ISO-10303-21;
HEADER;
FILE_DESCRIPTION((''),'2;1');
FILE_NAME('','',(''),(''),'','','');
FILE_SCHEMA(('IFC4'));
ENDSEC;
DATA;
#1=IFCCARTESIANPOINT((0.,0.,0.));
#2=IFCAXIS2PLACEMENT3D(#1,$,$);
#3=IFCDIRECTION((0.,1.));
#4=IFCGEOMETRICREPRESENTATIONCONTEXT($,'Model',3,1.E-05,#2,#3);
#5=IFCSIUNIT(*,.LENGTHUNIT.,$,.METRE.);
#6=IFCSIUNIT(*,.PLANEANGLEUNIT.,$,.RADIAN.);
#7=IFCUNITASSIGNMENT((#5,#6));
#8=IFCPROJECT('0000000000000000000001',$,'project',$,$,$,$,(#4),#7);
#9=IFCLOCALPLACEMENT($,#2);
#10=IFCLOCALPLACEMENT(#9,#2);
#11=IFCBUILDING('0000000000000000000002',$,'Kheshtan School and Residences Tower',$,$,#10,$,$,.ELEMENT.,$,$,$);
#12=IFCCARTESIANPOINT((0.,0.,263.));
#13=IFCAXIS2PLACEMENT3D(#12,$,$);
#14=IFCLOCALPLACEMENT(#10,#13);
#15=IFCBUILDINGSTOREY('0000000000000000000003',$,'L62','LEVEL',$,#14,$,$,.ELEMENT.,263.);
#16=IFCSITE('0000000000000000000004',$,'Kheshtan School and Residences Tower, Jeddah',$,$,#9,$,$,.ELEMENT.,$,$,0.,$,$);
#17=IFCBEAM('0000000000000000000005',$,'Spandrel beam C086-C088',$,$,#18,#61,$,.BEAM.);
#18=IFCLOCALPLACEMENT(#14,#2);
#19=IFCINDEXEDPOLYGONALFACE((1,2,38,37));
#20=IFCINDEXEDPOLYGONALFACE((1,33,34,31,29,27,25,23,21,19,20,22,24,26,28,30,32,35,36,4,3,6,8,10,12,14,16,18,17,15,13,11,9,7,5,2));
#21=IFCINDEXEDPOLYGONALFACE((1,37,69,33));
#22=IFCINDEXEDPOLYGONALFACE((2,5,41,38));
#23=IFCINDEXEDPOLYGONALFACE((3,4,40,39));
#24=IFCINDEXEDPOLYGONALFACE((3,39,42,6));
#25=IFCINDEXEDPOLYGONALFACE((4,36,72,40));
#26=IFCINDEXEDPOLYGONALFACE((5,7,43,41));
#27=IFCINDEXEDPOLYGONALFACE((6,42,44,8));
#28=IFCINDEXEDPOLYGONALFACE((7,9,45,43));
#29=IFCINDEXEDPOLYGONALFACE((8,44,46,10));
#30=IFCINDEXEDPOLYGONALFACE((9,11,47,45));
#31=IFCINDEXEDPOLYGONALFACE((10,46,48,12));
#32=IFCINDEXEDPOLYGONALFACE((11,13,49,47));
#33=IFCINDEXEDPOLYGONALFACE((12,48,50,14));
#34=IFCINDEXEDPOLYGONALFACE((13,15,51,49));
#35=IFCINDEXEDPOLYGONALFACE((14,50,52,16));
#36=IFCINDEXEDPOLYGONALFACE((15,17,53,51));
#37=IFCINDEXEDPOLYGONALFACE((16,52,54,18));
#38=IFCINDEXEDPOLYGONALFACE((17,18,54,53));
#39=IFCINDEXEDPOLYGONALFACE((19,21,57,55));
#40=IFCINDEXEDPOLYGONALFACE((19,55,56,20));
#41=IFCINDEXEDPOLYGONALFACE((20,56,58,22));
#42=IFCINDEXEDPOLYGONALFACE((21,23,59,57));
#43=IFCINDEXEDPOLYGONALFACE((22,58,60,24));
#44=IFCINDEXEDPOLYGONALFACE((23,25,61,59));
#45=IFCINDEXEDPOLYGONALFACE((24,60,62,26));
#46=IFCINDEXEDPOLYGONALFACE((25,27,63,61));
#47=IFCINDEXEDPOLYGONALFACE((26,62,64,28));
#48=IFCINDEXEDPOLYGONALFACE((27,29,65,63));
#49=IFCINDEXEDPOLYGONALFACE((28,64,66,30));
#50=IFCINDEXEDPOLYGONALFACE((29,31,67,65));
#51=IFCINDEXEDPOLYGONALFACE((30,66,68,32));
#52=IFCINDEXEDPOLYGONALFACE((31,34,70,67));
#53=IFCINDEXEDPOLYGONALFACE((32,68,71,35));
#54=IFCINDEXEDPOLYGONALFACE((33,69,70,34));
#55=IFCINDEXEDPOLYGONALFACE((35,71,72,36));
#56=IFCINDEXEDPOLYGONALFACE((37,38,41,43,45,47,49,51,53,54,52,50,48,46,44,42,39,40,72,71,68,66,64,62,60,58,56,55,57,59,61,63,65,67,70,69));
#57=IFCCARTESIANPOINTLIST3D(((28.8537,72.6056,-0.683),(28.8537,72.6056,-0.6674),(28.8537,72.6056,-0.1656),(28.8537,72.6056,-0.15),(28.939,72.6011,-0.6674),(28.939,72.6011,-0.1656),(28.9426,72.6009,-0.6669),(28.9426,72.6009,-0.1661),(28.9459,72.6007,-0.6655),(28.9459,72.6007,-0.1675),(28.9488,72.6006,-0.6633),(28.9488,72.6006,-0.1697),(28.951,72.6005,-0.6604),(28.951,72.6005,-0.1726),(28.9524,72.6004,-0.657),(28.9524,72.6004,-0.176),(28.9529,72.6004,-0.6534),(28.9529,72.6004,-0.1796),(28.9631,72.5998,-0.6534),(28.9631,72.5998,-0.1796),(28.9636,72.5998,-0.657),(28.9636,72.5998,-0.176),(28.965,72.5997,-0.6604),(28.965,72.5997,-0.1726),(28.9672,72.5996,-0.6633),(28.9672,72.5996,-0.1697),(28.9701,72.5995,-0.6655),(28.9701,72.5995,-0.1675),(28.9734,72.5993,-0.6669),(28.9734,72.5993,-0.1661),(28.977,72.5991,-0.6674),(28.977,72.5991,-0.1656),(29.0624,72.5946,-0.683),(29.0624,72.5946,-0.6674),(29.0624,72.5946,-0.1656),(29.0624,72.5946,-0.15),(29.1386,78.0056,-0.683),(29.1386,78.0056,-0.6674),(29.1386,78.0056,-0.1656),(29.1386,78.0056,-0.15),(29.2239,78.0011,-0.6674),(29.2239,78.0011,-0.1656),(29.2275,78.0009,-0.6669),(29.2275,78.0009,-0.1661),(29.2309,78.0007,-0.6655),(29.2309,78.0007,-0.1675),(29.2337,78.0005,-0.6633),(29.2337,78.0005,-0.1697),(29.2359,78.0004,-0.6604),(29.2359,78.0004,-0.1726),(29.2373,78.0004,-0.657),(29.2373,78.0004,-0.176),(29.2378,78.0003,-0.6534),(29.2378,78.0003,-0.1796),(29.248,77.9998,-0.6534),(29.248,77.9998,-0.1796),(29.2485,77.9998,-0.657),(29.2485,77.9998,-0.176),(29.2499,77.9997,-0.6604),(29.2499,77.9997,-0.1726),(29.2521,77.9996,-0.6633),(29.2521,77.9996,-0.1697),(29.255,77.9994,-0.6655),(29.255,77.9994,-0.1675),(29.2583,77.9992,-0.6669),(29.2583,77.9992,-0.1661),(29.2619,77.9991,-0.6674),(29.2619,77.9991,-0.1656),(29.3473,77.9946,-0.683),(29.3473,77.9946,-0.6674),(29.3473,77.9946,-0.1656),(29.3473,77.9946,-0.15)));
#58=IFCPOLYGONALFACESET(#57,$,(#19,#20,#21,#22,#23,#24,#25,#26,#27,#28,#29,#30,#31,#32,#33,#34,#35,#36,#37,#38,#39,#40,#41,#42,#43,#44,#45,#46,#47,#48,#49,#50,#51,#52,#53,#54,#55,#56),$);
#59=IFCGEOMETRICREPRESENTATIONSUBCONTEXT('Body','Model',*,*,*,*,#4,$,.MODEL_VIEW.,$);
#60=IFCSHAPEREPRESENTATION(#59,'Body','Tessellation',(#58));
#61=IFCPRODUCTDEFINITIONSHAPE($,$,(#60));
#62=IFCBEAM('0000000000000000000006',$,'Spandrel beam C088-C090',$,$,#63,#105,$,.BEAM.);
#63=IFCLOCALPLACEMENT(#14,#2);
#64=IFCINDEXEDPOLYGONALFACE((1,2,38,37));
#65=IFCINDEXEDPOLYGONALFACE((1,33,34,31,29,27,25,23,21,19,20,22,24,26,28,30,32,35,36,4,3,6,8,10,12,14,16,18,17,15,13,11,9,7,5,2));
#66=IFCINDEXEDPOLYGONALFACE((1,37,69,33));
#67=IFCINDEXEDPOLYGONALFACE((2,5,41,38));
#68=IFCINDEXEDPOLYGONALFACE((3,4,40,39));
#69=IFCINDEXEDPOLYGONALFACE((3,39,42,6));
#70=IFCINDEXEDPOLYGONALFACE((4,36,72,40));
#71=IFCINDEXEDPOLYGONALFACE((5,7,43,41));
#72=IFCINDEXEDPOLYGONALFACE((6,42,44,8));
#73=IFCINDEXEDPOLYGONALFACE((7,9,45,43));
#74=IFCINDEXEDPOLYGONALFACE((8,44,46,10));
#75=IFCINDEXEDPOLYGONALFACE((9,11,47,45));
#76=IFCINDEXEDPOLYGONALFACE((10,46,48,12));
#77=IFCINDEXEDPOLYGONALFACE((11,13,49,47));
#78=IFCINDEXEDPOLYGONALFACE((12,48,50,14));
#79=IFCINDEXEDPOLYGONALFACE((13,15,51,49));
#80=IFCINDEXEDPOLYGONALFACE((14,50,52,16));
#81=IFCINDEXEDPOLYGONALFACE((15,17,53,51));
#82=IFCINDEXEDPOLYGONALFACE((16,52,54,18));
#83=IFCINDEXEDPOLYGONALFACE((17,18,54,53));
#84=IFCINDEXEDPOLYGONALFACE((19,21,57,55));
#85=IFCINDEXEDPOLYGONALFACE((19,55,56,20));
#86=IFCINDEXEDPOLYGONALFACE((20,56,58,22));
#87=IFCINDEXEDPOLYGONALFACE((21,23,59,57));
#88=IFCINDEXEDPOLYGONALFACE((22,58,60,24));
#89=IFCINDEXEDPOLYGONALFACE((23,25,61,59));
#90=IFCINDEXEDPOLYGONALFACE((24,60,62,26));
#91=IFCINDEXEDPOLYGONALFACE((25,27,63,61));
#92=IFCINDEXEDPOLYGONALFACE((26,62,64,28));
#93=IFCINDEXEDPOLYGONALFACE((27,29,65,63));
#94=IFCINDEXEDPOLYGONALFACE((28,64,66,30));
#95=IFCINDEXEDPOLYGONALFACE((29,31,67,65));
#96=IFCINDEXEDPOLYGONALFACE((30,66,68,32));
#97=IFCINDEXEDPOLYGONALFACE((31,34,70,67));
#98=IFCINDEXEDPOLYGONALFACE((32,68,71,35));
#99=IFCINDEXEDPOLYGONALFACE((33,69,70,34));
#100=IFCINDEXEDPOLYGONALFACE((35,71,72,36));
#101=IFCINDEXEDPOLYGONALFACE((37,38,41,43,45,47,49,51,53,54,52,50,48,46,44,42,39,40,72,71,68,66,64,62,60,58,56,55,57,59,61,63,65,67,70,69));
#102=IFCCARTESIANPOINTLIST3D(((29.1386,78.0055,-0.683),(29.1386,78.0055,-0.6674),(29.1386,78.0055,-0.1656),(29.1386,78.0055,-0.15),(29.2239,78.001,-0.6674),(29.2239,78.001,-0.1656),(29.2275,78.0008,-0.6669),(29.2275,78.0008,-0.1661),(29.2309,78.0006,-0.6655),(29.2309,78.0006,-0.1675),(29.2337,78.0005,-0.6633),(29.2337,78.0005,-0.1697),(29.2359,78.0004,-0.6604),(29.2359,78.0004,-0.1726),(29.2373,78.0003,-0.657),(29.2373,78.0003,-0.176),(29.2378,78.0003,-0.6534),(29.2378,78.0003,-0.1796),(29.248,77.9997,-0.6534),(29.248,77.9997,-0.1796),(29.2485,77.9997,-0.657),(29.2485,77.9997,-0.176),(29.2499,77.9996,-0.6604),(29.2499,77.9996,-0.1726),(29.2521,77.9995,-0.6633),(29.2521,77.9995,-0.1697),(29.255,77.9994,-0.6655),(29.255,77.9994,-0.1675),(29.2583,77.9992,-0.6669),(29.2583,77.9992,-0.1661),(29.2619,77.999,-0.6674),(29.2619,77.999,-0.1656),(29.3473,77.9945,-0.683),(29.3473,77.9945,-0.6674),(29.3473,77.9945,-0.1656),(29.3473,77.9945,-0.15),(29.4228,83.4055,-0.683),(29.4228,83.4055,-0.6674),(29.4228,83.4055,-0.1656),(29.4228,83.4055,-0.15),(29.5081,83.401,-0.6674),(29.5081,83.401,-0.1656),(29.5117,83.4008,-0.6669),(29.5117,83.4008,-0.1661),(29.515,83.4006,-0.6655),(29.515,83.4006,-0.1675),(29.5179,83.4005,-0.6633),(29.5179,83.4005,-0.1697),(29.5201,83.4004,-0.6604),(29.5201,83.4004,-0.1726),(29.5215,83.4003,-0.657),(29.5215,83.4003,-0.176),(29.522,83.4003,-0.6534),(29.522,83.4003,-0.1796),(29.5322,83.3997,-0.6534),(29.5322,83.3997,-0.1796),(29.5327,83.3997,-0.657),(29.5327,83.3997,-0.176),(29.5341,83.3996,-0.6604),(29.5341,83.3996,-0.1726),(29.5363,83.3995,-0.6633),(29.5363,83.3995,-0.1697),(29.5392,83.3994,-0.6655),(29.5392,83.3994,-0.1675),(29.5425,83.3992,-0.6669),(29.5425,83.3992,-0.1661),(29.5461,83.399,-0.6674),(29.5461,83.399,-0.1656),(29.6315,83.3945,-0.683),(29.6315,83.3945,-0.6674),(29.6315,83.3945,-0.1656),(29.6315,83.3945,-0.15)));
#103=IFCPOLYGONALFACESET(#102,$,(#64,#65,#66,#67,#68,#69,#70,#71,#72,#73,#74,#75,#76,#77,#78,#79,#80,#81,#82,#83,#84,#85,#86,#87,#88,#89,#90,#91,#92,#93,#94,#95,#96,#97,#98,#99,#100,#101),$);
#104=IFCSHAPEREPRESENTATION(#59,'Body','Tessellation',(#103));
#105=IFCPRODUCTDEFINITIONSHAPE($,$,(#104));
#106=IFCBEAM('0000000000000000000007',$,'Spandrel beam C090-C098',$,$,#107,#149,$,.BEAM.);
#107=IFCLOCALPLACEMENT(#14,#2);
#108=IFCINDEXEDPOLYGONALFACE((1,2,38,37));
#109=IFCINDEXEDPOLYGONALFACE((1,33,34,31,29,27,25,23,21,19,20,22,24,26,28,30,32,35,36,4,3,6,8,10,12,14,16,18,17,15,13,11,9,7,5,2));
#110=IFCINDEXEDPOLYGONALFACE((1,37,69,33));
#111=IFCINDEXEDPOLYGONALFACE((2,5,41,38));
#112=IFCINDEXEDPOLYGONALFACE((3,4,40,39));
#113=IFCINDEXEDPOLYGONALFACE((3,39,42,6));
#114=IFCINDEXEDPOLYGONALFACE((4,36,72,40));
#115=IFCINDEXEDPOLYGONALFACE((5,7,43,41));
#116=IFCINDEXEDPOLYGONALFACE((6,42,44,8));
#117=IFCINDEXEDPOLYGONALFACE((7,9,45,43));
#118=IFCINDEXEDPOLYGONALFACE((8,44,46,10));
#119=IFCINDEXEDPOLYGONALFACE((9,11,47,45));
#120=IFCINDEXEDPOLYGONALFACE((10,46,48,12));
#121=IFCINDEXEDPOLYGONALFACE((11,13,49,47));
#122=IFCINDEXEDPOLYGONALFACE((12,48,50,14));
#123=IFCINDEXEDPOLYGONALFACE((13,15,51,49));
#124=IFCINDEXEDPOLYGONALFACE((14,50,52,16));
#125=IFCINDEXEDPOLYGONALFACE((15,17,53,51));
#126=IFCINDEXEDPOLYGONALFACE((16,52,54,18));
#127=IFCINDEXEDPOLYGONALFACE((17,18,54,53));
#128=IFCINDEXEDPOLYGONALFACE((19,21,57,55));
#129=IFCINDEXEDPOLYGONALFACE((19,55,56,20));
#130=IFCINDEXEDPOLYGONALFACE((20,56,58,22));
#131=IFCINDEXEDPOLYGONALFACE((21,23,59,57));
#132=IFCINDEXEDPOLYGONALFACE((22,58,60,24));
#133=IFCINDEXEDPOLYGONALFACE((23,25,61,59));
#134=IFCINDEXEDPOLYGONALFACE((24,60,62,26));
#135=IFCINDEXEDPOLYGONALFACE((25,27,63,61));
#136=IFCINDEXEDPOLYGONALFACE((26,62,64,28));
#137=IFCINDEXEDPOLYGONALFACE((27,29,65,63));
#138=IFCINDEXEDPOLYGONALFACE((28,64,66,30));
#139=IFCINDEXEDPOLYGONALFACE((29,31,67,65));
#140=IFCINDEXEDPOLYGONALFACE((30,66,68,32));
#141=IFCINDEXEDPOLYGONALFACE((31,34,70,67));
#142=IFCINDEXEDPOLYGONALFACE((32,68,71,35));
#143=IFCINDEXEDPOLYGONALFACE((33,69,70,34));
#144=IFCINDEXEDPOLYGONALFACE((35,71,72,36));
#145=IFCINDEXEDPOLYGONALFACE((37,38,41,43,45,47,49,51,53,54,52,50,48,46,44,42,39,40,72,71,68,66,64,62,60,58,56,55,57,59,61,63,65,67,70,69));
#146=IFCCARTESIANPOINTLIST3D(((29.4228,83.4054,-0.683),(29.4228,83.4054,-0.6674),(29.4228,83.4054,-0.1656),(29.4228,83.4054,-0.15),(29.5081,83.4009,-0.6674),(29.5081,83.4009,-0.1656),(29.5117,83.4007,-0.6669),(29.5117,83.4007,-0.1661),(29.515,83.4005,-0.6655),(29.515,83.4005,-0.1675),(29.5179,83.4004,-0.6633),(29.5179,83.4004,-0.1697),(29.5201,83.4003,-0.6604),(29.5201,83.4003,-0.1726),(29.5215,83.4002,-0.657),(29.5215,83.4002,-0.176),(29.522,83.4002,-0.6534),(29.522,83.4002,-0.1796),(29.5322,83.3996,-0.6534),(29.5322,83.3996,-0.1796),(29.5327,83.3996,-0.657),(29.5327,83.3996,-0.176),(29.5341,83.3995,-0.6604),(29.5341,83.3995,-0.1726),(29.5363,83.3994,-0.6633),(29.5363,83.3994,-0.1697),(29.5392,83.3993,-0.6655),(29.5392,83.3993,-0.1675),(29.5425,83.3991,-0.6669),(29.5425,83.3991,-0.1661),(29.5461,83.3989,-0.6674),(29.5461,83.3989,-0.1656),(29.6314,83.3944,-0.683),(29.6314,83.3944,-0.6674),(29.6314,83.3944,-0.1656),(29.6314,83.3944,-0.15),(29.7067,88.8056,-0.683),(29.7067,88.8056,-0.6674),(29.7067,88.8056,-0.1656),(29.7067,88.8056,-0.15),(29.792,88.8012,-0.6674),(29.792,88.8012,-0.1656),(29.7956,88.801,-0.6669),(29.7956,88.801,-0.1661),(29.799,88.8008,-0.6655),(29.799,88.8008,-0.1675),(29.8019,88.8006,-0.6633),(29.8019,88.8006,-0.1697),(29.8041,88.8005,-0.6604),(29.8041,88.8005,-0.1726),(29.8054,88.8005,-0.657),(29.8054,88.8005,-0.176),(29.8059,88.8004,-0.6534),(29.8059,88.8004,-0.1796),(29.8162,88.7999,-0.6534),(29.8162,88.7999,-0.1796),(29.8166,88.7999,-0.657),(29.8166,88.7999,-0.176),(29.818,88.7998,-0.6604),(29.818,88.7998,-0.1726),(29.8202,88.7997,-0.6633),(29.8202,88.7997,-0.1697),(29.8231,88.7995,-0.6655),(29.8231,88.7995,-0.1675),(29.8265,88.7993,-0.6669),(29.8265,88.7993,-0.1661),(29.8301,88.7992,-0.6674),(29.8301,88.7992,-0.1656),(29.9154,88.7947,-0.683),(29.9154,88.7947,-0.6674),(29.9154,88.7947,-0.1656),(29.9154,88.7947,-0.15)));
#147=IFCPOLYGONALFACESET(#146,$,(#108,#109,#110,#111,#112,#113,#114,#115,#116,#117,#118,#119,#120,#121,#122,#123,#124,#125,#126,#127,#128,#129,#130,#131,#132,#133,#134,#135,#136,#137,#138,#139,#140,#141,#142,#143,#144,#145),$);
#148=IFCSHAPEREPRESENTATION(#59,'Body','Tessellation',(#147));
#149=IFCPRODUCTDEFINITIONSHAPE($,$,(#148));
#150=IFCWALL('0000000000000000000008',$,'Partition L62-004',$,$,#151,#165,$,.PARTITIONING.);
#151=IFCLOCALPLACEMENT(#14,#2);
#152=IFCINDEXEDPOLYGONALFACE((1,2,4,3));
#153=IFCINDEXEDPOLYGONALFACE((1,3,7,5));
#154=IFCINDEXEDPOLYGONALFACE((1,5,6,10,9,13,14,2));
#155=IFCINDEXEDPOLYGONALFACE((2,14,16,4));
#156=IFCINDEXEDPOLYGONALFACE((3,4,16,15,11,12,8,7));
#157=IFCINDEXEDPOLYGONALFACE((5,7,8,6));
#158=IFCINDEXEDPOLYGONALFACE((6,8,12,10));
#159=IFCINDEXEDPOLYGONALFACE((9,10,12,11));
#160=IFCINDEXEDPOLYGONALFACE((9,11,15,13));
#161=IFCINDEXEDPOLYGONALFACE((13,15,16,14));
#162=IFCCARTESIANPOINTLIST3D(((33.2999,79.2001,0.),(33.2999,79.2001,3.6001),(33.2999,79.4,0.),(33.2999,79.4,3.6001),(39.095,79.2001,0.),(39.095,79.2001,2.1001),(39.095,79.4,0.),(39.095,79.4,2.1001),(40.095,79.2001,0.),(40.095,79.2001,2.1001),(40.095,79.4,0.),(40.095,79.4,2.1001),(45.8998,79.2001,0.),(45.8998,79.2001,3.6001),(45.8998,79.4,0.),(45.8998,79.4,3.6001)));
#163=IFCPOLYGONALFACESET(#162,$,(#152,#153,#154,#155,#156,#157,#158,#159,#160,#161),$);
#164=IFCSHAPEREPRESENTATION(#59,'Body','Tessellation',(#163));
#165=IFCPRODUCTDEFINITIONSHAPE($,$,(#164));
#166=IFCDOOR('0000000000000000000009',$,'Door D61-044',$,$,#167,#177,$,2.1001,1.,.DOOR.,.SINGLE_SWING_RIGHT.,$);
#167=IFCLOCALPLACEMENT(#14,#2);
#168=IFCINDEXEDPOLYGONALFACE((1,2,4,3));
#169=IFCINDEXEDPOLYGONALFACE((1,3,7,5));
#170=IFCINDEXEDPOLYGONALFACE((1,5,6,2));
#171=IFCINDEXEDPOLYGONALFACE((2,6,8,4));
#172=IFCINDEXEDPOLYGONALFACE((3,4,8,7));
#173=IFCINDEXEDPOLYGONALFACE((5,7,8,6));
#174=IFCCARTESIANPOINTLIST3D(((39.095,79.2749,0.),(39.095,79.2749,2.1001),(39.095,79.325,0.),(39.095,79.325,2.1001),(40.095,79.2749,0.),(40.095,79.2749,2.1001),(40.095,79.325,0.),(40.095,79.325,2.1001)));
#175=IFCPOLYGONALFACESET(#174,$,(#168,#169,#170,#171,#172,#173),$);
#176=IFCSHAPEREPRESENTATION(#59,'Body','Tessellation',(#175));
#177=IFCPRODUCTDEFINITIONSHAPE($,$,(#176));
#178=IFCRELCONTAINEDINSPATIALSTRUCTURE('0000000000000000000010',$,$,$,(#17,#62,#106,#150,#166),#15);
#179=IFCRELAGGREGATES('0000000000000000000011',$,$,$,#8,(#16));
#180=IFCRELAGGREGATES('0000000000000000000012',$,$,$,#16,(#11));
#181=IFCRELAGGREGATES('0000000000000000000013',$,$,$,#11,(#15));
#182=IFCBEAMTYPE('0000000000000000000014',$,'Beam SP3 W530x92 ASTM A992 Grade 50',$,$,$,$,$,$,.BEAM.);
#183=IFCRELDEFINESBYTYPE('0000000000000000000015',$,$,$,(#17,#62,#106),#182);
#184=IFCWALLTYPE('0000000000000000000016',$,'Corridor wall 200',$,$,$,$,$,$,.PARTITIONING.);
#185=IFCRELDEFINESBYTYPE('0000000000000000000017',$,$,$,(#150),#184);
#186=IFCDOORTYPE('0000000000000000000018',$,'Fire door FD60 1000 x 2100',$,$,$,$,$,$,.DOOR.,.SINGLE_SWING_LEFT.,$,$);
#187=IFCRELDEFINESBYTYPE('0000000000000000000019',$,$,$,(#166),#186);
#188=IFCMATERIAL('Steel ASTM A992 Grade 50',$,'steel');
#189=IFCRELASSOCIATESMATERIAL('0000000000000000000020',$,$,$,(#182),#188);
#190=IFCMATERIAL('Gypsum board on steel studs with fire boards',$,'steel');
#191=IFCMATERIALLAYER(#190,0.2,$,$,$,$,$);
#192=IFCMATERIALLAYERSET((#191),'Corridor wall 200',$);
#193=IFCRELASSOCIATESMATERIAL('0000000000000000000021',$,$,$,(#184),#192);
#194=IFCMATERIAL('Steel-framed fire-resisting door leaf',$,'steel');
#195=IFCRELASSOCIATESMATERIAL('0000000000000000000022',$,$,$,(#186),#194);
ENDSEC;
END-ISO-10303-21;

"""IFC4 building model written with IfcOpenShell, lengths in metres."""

from ifc_helpers import new_model, si_unit, direction, frame, frame_2d, origin, origin_2d, place, context, subcontext, project, spatial, rectangle, i_section, extrude, source, transform, mapped, material, layer, layer_set, material_profile, profile_set, type_object, element, fill, save


model = new_model("IFC4")

# Units and contexts
model_context = context("Model", 3, precision=1e-05, world=origin(), true_north=direction((0.0, 1.0)))
body_context = subcontext(model_context, "Body", "Model", "MODEL_VIEW")
ifc_project = project(units=[si_unit("LENGTHUNIT", "METRE"), si_unit("PLANEANGLEUNIT", "RADIAN")], contexts=[model_context])

# Site, building, storey
site_placement = place(None, origin())
site = spatial("IfcSite", under=ifc_project, at=site_placement, Name="Kheshtan School and Residences Tower, Jeddah", CompositionType="ELEMENT", RefElevation=0.0)
building_placement = place(site_placement, origin())
building = spatial("IfcBuilding", under=site, at=building_placement, Name="Kheshtan School and Residences Tower", CompositionType="ELEMENT")
storey_placement = place(building_placement, frame((0.0, 0.0, 263.0)))
storey = spatial("IfcBuildingStorey", under=building, at=storey_placement, Name="L62", Description="LEVEL", CompositionType="ELEMENT", Elevation=263.0)

# Shared definitions
ifc_material_1 = material(Name="Steel ASTM A992 Grade 50", Category="steel")

# Beams
ifc_material_profile_1 = material_profile(ifc_material_1, i_section(OverallWidth=0.209, OverallDepth=0.533, WebThickness=0.0103, FlangeThickness=0.0156, FilletRadius=0.0139, at=origin_2d()), Name="W530x92")
ifc_profile_set_1 = profile_set([ifc_material_profile_1], Name="Steel ASTM A992 Grade 50")
beam_type_1 = type_object("IfcBeamType", Name="Beam SP3 W530x92 ASTM A992 Grade 50", PredefinedType="BEAM", material=ifc_profile_set_1)
for number, where, z_axis, x_axis, name in (
    (1, (28.958, 72.6001, -0.4165), (0.052689, 0.998611, 0.0), (-0.998611, 0.052689, 0.0), "Spandrel beam C086-C088"),
    (2, (29.2429, 78.0, -0.4165), (0.052554, 0.998618, 0.0), (-0.998618, 0.052554, 0.0), "Spandrel beam C088-C090"),
):
    element("IfcBeam", number, at=place(storey_placement, frame(where, z_axis=z_axis, x_axis=x_axis)), inside=storey, type_object=beam_type_1, Name=name, PredefinedType="BEAM", context=body_context, shape_type="SweptSolid", body=[
        extrude(i_section(OverallWidth=0.209, OverallDepth=0.533, WebThickness=0.0103, FlangeThickness=0.0156, FilletRadius=0.0139, at=origin_2d()), origin(), (0.0, 0.0, 1.0), 5.4075),
    ])
beam_1_placement = place(storey_placement, frame((29.5271, 83.3999, -0.4165), z_axis=(0.052507, 0.998621, 0.0), x_axis=(-0.998621, 0.052507, 0.0)))
element("IfcBeam", 3, at=beam_1_placement, inside=storey, type_object=beam_type_1, Name="Spandrel beam C090-C098", PredefinedType="BEAM", context=body_context, shape_type="SweptSolid", body=[
    extrude(i_section(OverallWidth=0.209, OverallDepth=0.533, WebThickness=0.0103, FlangeThickness=0.0156, FilletRadius=0.0139, at=origin_2d()), origin(), (0.0, 0.0, 1.0), 5.4077),
])

# Wall, opening, door
ifc_material_2 = material(Name="Gypsum board on steel studs with fire boards", Category="steel")
ifc_layer_1 = layer(ifc_material_2, 0.2)
ifc_layer_set_1 = layer_set([ifc_layer_1], Name="Corridor wall 200")
wall_type_1 = type_object("IfcWallType", Name="Corridor wall 200", PredefinedType="PARTITIONING", material=ifc_layer_set_1)
wall_1_placement = place(storey_placement, frame((33.3, 79.3, 0.0), z_axis=(0.0, 0.0, 1.0), x_axis=(1.0, 0.0, 0.0)))
wall_1 = element("IfcWall", 4, at=wall_1_placement, inside=storey, type_object=wall_type_1, Name="Partition L62-004", PredefinedType="PARTITIONING", context=body_context, shape_type="SweptSolid", body=[
    extrude(rectangle(XDim=12.5999, YDim=0.2, at=frame_2d((6.2998, 0.0))), origin(), (0.0, 0.0, 1.0), 3.6001),
])
opening_1_placement = place(wall_1_placement, frame((5.7949, 0.0, 0.0)))
opening_1 = element("IfcOpeningElement", 5, at=opening_1_placement, cuts=wall_1, PredefinedType="OPENING", context=body_context, shape_type="SweptSolid", body=[
    extrude(rectangle(XDim=1.0, YDim=2.1001, at=frame_2d((0.5, 1.05))), frame((0.0, 0.1099, 0.0), z_axis=(0.0, -1.0, 0.0), x_axis=(1.0, 0.0, 0.0)), (0.0, 0.0, 1.0), 0.22),
])
ifc_material_3 = material(Name="Steel-framed fire-resisting door leaf", Category="steel")
door_type_1 = type_object("IfcDoorType", Name="Fire door FD60 1000 x 2100", OperationType="SINGLE_SWING_LEFT", PredefinedType="DOOR", material=ifc_material_3)
shared_shape_1 = source(origin(), body_context, "Body", "SweptSolid", [
    extrude(rectangle(XDim=1.0, YDim=2.1001, at=frame_2d((0.5, 1.05))), frame((0.0, 0.0249, 0.0), z_axis=(0.0, -1.0, 0.0), x_axis=(1.0, 0.0, 0.0)), (0.0, 0.0, 1.0), 0.05),
])
door_1_placement = place(opening_1_placement, origin())
door_1 = element("IfcDoor", 6, at=door_1_placement, inside=storey, type_object=door_type_1, Name="Door D61-044", OperationType="SINGLE_SWING_RIGHT", OverallHeight=2.1001, OverallWidth=1.0, PredefinedType="DOOR", context=body_context, shape_type="MappedRepresentation", body=[
    mapped(shared_shape_1, transform((0.0, 0.0, 0.0), x_axis=(1.0, 0.0, 0.0), y_axis=(0.0, 1.0, 0.0), z_axis=(0.0, 0.0, 1.0), scale=1.0)),
])
fill(opening_1, door_1)

save(model, "model.ifc")
